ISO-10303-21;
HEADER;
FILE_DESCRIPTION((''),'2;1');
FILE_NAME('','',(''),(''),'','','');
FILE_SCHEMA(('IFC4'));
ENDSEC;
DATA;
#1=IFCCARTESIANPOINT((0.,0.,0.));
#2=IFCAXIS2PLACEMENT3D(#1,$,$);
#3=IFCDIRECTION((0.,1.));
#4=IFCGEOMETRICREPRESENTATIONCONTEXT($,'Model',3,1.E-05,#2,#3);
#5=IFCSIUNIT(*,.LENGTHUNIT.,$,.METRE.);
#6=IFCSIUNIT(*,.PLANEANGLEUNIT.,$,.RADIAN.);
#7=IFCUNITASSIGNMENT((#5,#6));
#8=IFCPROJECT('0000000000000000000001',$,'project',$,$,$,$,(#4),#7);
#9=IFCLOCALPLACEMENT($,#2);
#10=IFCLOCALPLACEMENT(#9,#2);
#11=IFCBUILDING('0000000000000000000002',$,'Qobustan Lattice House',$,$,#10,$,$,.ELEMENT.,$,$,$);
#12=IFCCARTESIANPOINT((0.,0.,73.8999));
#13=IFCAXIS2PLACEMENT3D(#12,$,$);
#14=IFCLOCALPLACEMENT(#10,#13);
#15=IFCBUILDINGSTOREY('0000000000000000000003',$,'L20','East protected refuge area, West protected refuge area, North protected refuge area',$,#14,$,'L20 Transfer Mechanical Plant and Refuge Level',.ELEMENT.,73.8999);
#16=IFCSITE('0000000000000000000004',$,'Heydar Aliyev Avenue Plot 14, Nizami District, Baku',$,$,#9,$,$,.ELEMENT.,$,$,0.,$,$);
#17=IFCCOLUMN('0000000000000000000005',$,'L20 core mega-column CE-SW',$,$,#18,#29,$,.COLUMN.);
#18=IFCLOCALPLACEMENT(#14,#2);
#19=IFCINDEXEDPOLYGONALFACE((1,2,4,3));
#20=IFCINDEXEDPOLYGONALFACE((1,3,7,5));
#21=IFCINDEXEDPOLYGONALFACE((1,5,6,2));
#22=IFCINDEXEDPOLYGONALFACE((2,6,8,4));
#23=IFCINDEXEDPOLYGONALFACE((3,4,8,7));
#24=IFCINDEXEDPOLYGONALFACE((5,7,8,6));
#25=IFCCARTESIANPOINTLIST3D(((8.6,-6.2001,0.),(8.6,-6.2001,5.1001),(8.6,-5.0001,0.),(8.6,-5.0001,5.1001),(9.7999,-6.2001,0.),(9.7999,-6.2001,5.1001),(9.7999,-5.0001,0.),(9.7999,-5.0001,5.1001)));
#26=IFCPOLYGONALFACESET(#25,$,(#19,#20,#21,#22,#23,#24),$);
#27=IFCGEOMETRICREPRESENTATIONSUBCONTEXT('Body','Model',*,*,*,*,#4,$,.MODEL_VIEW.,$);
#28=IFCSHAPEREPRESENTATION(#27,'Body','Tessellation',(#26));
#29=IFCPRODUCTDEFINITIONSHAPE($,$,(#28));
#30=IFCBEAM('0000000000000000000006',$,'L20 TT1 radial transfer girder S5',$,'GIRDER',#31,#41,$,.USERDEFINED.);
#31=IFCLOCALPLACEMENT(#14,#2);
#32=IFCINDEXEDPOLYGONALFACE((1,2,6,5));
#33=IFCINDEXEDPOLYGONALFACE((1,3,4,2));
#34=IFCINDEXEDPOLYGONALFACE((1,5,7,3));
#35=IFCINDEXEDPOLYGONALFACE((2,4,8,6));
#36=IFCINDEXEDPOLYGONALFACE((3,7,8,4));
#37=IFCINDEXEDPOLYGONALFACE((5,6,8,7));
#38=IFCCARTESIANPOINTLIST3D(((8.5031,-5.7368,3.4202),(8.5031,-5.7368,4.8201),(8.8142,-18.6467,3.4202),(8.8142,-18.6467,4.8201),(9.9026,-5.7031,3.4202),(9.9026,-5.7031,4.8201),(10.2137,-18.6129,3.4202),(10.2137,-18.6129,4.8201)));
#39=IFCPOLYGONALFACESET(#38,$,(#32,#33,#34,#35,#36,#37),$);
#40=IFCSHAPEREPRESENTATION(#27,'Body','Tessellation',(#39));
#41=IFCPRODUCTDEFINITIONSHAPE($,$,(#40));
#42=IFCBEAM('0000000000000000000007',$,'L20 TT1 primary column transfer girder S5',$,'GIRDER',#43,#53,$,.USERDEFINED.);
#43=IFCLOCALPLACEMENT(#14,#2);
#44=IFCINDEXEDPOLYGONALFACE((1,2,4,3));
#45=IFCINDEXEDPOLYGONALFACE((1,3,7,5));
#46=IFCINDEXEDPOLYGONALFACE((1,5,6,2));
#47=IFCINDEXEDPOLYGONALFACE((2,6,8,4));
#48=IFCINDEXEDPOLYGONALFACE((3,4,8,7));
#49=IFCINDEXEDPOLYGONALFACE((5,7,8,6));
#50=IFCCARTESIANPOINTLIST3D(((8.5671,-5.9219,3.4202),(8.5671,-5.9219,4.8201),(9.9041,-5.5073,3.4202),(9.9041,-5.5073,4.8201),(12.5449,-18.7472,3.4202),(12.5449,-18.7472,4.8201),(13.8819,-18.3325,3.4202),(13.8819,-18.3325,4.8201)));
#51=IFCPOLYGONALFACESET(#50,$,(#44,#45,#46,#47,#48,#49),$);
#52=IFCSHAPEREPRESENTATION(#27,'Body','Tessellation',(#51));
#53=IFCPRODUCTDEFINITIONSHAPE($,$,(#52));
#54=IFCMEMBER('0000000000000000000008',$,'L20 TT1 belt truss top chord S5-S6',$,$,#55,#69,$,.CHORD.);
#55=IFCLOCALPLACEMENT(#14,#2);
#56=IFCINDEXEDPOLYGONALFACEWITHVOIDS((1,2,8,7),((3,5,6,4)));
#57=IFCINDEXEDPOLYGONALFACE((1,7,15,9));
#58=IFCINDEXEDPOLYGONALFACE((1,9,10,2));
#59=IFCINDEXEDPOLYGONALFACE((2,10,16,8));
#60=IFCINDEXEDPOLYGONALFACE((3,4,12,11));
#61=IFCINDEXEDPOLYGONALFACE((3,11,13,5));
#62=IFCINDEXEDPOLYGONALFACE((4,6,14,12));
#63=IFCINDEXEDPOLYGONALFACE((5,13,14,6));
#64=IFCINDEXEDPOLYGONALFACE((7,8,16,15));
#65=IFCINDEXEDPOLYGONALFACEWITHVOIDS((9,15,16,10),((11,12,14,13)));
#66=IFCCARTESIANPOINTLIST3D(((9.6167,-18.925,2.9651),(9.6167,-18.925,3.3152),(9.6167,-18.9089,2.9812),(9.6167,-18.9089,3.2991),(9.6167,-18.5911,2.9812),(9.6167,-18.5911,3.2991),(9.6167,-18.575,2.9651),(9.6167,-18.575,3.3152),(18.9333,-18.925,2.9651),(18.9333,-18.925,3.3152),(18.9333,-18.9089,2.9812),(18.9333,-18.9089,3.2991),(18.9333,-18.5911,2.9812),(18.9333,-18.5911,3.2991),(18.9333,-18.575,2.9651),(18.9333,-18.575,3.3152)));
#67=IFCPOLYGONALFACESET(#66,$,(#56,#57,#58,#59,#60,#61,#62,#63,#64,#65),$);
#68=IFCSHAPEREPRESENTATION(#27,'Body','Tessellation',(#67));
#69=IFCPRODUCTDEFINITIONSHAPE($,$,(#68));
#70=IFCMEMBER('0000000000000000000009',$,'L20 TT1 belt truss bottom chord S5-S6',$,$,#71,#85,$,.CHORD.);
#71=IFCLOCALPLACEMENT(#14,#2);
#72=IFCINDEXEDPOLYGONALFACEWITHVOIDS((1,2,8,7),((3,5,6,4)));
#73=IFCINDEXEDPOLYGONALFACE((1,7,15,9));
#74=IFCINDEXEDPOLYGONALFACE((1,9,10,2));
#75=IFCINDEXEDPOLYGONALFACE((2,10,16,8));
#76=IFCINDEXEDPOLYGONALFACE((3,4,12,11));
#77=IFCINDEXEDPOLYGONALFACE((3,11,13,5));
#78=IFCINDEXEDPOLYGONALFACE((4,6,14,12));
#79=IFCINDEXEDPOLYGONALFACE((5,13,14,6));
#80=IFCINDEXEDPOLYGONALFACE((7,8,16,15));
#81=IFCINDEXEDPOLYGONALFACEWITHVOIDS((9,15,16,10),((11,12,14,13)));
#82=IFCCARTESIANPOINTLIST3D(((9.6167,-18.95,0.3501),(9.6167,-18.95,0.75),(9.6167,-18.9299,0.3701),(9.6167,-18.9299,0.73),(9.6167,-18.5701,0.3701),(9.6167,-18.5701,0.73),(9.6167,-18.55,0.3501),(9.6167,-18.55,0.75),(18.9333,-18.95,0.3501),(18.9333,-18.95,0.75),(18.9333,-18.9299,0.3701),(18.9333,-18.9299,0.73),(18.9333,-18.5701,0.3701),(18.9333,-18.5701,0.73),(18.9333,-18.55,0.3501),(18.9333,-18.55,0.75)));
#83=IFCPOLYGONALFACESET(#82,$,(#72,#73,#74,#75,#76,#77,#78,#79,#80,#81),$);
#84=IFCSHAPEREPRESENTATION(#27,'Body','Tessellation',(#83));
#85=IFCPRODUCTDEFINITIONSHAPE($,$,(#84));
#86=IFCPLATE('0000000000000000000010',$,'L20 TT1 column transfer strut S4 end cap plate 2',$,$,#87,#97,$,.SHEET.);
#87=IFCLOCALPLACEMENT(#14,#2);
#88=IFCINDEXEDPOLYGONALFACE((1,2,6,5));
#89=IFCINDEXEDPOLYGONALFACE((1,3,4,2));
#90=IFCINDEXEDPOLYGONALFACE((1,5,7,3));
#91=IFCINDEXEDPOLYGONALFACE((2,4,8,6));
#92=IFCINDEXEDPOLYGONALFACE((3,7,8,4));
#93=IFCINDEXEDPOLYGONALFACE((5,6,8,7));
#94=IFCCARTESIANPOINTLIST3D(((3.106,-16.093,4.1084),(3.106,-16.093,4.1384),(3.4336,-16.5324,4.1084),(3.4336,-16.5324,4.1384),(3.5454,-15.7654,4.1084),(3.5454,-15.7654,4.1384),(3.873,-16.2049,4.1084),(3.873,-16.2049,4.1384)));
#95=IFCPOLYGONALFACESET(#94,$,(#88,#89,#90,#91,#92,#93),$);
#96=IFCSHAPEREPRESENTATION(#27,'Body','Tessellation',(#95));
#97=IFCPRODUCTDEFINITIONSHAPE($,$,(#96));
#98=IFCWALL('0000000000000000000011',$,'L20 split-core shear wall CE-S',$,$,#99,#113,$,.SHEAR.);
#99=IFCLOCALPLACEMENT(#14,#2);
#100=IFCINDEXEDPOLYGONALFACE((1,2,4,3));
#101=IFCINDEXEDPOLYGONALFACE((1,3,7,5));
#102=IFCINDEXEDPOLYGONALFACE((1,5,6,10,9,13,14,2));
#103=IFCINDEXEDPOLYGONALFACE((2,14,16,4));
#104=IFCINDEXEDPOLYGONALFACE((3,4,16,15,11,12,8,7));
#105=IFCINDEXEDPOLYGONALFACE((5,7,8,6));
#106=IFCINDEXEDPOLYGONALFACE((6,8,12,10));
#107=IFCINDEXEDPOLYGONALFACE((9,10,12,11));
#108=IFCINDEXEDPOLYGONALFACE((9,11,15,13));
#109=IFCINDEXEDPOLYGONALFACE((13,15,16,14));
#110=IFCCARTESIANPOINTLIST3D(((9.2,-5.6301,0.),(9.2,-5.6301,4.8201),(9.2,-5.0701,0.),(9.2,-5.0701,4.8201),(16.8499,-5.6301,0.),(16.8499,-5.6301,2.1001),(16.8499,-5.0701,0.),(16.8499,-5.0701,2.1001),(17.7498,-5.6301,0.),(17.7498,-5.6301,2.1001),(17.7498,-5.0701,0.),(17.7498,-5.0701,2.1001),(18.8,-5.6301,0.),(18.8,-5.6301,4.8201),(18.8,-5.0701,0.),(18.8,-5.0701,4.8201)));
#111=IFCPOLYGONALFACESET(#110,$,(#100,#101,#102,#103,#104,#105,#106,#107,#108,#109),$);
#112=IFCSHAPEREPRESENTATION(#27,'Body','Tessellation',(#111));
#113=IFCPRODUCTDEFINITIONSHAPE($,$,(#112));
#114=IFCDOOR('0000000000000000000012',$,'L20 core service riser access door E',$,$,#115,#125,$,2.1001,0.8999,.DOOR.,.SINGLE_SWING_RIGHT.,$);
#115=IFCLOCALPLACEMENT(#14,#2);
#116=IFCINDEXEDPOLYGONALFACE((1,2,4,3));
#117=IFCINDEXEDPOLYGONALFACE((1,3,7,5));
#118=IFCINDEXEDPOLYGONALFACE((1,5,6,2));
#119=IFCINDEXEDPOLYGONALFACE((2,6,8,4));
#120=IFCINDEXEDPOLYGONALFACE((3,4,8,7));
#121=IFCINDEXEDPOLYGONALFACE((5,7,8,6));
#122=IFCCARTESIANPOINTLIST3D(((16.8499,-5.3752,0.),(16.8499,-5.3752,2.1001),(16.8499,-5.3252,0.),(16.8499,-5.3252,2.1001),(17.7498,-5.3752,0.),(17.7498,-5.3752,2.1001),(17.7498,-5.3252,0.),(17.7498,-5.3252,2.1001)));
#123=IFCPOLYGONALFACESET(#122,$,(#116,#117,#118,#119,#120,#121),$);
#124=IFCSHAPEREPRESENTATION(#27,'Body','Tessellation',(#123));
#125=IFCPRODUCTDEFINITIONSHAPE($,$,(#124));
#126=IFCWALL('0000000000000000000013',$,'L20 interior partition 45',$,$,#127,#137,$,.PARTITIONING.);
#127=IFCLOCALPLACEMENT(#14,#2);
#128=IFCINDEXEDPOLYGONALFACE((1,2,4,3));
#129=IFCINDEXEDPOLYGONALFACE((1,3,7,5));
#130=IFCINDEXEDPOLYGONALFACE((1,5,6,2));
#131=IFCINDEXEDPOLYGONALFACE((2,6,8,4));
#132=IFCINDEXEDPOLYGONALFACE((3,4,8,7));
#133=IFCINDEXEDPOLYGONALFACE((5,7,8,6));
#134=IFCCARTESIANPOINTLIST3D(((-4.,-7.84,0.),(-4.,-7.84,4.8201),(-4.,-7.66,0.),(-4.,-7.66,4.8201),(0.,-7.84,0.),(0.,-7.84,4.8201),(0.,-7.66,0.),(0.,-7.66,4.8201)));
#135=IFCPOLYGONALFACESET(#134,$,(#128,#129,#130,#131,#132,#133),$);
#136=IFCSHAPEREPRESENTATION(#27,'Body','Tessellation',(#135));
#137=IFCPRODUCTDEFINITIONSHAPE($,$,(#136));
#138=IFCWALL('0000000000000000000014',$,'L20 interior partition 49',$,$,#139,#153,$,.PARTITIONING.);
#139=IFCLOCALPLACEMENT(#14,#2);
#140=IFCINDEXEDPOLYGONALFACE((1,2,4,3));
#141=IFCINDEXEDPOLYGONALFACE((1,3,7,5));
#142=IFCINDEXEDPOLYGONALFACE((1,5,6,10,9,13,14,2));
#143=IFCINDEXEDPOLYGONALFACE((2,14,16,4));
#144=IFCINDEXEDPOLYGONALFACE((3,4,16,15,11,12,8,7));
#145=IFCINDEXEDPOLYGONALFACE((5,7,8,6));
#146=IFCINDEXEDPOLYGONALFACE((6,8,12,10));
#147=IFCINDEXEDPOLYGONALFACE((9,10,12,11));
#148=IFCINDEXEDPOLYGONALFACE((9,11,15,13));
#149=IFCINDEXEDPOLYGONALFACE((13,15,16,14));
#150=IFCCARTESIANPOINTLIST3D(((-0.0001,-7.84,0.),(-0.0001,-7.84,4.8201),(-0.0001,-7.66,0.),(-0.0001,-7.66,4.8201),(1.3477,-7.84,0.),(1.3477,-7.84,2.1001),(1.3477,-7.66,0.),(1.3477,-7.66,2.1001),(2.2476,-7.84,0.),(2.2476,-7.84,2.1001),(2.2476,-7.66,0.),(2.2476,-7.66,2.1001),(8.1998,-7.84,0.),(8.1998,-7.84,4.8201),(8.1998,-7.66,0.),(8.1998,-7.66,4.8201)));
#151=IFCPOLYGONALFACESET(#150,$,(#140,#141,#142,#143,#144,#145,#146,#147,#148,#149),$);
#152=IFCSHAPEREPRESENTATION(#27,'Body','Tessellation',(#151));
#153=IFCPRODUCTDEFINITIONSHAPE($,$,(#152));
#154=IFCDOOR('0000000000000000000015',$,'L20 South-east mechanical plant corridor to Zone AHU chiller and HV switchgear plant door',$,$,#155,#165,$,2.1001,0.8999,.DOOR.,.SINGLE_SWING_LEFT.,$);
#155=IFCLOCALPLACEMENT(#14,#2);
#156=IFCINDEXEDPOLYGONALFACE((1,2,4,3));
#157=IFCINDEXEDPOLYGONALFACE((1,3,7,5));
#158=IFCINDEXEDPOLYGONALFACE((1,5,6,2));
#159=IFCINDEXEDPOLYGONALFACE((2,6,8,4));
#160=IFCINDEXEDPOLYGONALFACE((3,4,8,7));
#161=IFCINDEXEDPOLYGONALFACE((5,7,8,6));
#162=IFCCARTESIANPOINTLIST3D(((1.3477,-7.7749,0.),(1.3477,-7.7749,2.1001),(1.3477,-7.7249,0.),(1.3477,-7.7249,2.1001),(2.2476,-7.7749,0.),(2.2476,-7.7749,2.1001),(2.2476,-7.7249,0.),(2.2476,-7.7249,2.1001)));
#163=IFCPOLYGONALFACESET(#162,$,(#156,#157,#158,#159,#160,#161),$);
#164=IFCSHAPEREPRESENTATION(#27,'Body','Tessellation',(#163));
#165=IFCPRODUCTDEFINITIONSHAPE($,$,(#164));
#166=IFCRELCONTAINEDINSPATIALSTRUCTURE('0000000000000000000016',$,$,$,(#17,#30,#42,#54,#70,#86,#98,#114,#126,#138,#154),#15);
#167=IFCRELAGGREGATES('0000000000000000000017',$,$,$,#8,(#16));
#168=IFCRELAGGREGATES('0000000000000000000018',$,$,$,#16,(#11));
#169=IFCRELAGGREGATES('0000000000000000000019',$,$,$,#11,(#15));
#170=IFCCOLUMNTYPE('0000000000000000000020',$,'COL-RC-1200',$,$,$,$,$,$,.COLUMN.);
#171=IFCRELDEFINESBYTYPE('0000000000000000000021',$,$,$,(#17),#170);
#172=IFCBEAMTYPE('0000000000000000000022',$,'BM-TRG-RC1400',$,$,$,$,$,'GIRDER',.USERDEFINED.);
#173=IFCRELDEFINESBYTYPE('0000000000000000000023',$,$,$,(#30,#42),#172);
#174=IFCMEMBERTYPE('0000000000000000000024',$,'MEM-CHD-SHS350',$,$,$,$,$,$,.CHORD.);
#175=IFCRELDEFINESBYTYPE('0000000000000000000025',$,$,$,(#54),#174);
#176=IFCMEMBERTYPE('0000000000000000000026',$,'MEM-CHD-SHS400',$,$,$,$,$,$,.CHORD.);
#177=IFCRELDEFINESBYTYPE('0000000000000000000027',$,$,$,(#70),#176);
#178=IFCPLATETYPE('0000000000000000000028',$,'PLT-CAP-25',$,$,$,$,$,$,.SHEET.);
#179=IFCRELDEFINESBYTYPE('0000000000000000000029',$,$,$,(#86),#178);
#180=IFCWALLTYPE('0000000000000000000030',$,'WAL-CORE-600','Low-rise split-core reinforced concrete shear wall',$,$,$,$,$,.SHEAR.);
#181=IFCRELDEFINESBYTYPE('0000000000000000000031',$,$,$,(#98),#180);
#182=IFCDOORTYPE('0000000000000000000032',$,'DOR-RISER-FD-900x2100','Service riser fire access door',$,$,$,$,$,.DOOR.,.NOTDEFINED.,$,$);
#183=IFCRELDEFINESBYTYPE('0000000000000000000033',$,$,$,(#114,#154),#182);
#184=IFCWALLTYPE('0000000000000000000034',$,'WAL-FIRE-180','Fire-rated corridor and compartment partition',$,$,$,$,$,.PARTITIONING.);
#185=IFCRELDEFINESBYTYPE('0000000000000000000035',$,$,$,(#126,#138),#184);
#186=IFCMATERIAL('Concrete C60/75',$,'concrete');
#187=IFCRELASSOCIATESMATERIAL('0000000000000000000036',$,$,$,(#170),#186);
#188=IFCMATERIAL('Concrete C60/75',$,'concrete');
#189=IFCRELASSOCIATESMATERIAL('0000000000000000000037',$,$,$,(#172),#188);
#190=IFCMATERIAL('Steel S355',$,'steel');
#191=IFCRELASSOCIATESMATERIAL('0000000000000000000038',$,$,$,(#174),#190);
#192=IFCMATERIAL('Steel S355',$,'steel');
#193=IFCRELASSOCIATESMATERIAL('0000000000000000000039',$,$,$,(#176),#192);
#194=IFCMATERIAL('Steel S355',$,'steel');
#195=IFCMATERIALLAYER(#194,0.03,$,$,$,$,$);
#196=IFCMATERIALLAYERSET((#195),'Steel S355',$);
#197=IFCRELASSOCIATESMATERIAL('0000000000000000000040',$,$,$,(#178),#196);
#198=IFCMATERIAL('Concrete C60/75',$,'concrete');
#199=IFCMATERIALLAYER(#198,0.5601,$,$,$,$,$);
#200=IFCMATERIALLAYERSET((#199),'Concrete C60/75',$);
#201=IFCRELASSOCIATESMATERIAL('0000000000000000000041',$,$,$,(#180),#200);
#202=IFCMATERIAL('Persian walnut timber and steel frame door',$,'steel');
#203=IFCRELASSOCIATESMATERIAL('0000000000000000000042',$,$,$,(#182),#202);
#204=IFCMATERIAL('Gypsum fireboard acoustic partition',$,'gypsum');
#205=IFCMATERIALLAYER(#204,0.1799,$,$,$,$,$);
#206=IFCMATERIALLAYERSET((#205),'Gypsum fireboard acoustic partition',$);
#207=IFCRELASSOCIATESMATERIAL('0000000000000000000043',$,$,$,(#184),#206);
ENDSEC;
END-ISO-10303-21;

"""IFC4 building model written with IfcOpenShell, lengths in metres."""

from ifc_helpers import new_model, si_unit, direction, frame, frame_2d, origin, origin_2d, place, context, subcontext, project, spatial, rectangle, hollow_rectangle, extrude, material, layer, layer_set, material_profile, profile_set, type_object, element, fill, save


model = new_model("IFC4")

# Units and contexts
model_context = context("Model", 3, precision=1e-05, world=origin(), true_north=direction((0.0, 1.0)))
body_context = subcontext(model_context, "Body", "Model", "MODEL_VIEW")
ifc_project = project(units=[si_unit("LENGTHUNIT", "METRE"), si_unit("PLANEANGLEUNIT", "RADIAN")], contexts=[model_context])

# Site, building, storey
site_placement = place(None, origin())
site = spatial("IfcSite", under=ifc_project, at=site_placement, Name="Heydar Aliyev Avenue Plot 14, Nizami District, Baku", CompositionType="ELEMENT", RefElevation=0.0)
building_placement = place(site_placement, origin())
building = spatial("IfcBuilding", under=site, at=building_placement, Name="Qobustan Lattice House", CompositionType="ELEMENT")
storey_placement = place(building_placement, frame((0.0, 0.0, 73.8999)))
storey = spatial("IfcBuildingStorey", under=building, at=storey_placement, Name="L20", Description="East protected refuge area, West protected refuge area, North protected refuge area", LongName="L20 Transfer Mechanical Plant and Refuge Level", CompositionType="ELEMENT", Elevation=73.8999)

# Column
ifc_material_1 = material(Name="Concrete C60/75", Category="concrete")
ifc_material_profile_1 = material_profile(ifc_material_1, rectangle(XDim=1.2, YDim=1.2, at=origin_2d()), Name="RC1200x1200")
ifc_profile_set_1 = profile_set([ifc_material_profile_1], Name="Concrete C60/75")
column_type = type_object("IfcColumnType", Name="COL-RC-1200", PredefinedType="COLUMN", material=ifc_profile_set_1)
column_placement = place(storey_placement, frame((9.2, -5.6001, 0.0), z_axis=(0.0, 0.0, 1.0), x_axis=(1.0, 0.0, 0.0)))
element("IfcColumn", 1, at=column_placement, inside=storey, type_object=column_type, Name="L20 core mega-column CE-SW", PredefinedType="COLUMN", context=body_context, shape_type="SweptSolid", body=[
    extrude(rectangle(XDim=1.2, YDim=1.2, at=origin_2d()), origin(), (0.0, 0.0, 1.0), 5.1001),
])

# Beams
ifc_material_2 = material(Name="Concrete C60/75", Category="concrete")
ifc_material_profile_2 = material_profile(ifc_material_2, rectangle(XDim=1.3999, YDim=1.3999, at=origin_2d()), Name="RC1400x1400")
ifc_profile_set_2 = profile_set([ifc_material_profile_2], Name="Concrete C60/75")
beam_type = type_object("IfcBeamType", Name="BM-TRG-RC1400", ElementType="GIRDER", PredefinedType="USERDEFINED", material=ifc_profile_set_2)
beam_1_placement = place(storey_placement, frame((9.2029, -5.72, 4.1201), z_axis=(0.024086, -0.99971, 0.0), x_axis=(0.99971, 0.024086, 0.0)))
element("IfcBeam", 2, at=beam_1_placement, inside=storey, type_object=beam_type, Name="L20 TT1 radial transfer girder S5", ObjectType="GIRDER", PredefinedType="USERDEFINED", context=body_context, shape_type="SweptSolid", body=[
    extrude(rectangle(XDim=1.3999, YDim=1.3999, at=origin_2d()), origin(), (0.0, 0.0, 1.0), 12.9136),
])
beam_2_placement = place(storey_placement, frame((9.2356, -5.7146, 4.1201), z_axis=(0.296233, -0.955116, 0.0), x_axis=(0.955116, 0.296233, 0.0)))
element("IfcBeam", 3, at=beam_2_placement, inside=storey, type_object=beam_type, Name="L20 TT1 primary column transfer girder S5", ObjectType="GIRDER", PredefinedType="USERDEFINED", context=body_context, shape_type="SweptSolid", body=[
    extrude(rectangle(XDim=1.3999, YDim=1.3999, at=origin_2d()), origin(), (0.0, 0.0, 1.0), 13.428),
])

# Members
ifc_material_3 = material(Name="Steel S355", Category="steel")
ifc_material_profile_3 = material_profile(ifc_material_3, hollow_rectangle(XDim=0.3501, YDim=0.3501, WallThickness=0.0161, at=origin_2d()), Name="SHS350x350x16")
ifc_profile_set_3 = profile_set([ifc_material_profile_3], Name="Steel S355")
member_type_1 = type_object("IfcMemberType", Name="MEM-CHD-SHS350", PredefinedType="CHORD", material=ifc_profile_set_3)
member_1_placement = place(storey_placement, frame((9.6167, -18.75, 3.1401), z_axis=(1.0, 0.0, 0.0), x_axis=(0.0, 1.0, 0.0)))
element("IfcMember", 4, at=member_1_placement, inside=storey, type_object=member_type_1, Name="L20 TT1 belt truss top chord S5-S6", PredefinedType="CHORD", context=body_context, shape_type="SweptSolid", body=[
    extrude(hollow_rectangle(XDim=0.3501, YDim=0.3501, WallThickness=0.0161, at=origin_2d()), origin(), (0.0, 0.0, 1.0), 9.3167),
])
ifc_material_4 = material(Name="Steel S355", Category="steel")
ifc_material_profile_4 = material_profile(ifc_material_4, hollow_rectangle(XDim=0.3999, YDim=0.3999, WallThickness=0.02, at=origin_2d()), Name="SHS400x400x20")
ifc_profile_set_4 = profile_set([ifc_material_profile_4], Name="Steel S355")
member_type_2 = type_object("IfcMemberType", Name="MEM-CHD-SHS400", PredefinedType="CHORD", material=ifc_profile_set_4)
member_2_placement = place(storey_placement, frame((9.6167, -18.75, 0.55), z_axis=(1.0, 0.0, 0.0), x_axis=(0.0, 1.0, 0.0)))
element("IfcMember", 5, at=member_2_placement, inside=storey, type_object=member_type_2, Name="L20 TT1 belt truss bottom chord S5-S6", PredefinedType="CHORD", context=body_context, shape_type="SweptSolid", body=[
    extrude(hollow_rectangle(XDim=0.3999, YDim=0.3999, WallThickness=0.02, at=origin_2d()), origin(), (0.0, 0.0, 1.0), 9.3167),
])

# Plate
ifc_material_5 = material(Name="Steel S355", Category="steel")
ifc_layer_1 = layer(ifc_material_5, 0.03)
ifc_layer_set_1 = layer_set([ifc_layer_1], Name="Steel S355")
plate_type = type_object("IfcPlateType", Name="PLT-CAP-25", PredefinedType="SHEET", material=ifc_layer_set_1)
plate_placement = place(storey_placement, frame((3.4895, -16.1489, 4.1084), z_axis=(0.0, 0.0, 1.0), x_axis=(0.801776, 0.597625, 0.0)))
element("IfcPlate", 6, at=plate_placement, inside=storey, type_object=plate_type, Name="L20 TT1 column transfer strut S4 end cap plate 2", PredefinedType="SHEET", context=body_context, shape_type="SweptSolid", body=[
    extrude(rectangle(XDim=0.5481, YDim=0.5481, at=origin_2d()), origin(), (0.0, 0.0, 1.0), 0.03),
])

# Wall, opening, door
ifc_material_6 = material(Name="Concrete C60/75", Category="concrete")
ifc_layer_2 = layer(ifc_material_6, 0.5601)
ifc_layer_set_2 = layer_set([ifc_layer_2], Name="Concrete C60/75")
wall_type_1 = type_object("IfcWallType", Name="WAL-CORE-600", Description="Low-rise split-core reinforced concrete shear wall", PredefinedType="SHEAR", material=ifc_layer_set_2)
wall_1_placement = place(storey_placement, frame((9.2, -5.3501, 0.0), z_axis=(0.0, 0.0, 1.0), x_axis=(1.0, 0.0, 0.0)))
wall_1 = element("IfcWall", 7, at=wall_1_placement, inside=storey, type_object=wall_type_1, Name="L20 split-core shear wall CE-S", PredefinedType="SHEAR", context=body_context, shape_type="SweptSolid", body=[
    extrude(rectangle(XDim=9.6001, YDim=0.5601, at=frame_2d((4.8, 0.0))), origin(), (0.0, 0.0, 1.0), 4.8201),
])
opening_1_placement = place(wall_1_placement, frame((7.6499, 0.0, 0.0)))
opening_1 = element("IfcOpeningElement", 8, at=opening_1_placement, cuts=wall_1, PredefinedType="OPENING", context=body_context, shape_type="SweptSolid", body=[
    extrude(rectangle(XDim=0.8999, YDim=2.1001, at=frame_2d((0.45, 1.05))), frame((0.0, 0.29, 0.0), z_axis=(0.0, -1.0, 0.0), x_axis=(1.0, 0.0, 0.0)), (0.0, 0.0, 1.0), 0.5801),
])
ifc_material_7 = material(Name="Persian walnut timber and steel frame door", Category="steel")
door_type_1 = type_object("IfcDoorType", Name="DOR-RISER-FD-900x2100", Description="Service riser fire access door", OperationType="NOTDEFINED", PredefinedType="DOOR", material=ifc_material_7)
door_1_placement = place(opening_1_placement, origin())
door_1 = element("IfcDoor", 9, at=door_1_placement, inside=storey, type_object=door_type_1, Name="L20 core service riser access door E", OperationType="SINGLE_SWING_RIGHT", OverallHeight=2.1001, OverallWidth=0.8999, PredefinedType="DOOR", context=body_context, shape_type="SweptSolid", body=[
    extrude(rectangle(XDim=0.8999, YDim=2.1001, at=frame_2d((0.45, 1.05))), frame((0.0, 0.0249, 0.0), z_axis=(0.0, -1.0, 0.0), x_axis=(1.0, 0.0, 0.0)), (0.0, 0.0, 1.0), 0.05),
])
fill(opening_1, door_1)

# Wall
ifc_material_8 = material(Name="Gypsum fireboard acoustic partition", Category="gypsum")
ifc_layer_3 = layer(ifc_material_8, 0.1799)
ifc_layer_set_3 = layer_set([ifc_layer_3], Name="Gypsum fireboard acoustic partition")
wall_type_2 = type_object("IfcWallType", Name="WAL-FIRE-180", Description="Fire-rated corridor and compartment partition", PredefinedType="PARTITIONING", material=ifc_layer_set_3)
wall_2_placement = place(storey_placement, frame((0.0, -7.75, 0.0), z_axis=(0.0, 0.0, 1.0), x_axis=(-1.0, 0.0, 0.0)))
element("IfcWall", 10, at=wall_2_placement, inside=storey, type_object=wall_type_2, Name="L20 interior partition 45", PredefinedType="PARTITIONING", context=body_context, shape_type="SweptSolid", body=[
    extrude(rectangle(XDim=4.0, YDim=0.1799, at=frame_2d((2.0, 0.0))), origin(), (0.0, 0.0, 1.0), 4.8201),
])

# Wall, opening, door
wall_3_placement = place(storey_placement, frame((8.2, -7.75, 0.0), z_axis=(0.0, 0.0, 1.0), x_axis=(-1.0, 0.0, 0.0)))
wall_3 = element("IfcWall", 11, at=wall_3_placement, inside=storey, type_object=wall_type_2, Name="L20 interior partition 49", PredefinedType="PARTITIONING", context=body_context, shape_type="SweptSolid", body=[
    extrude(rectangle(XDim=8.2, YDim=0.1799, at=frame_2d((4.1001, 0.0))), origin(), (0.0, 0.0, 1.0), 4.8201),
])
opening_2_placement = place(wall_3_placement, frame((5.9524, 0.0, 0.0)))
opening_2 = element("IfcOpeningElement", 12, at=opening_2_placement, cuts=wall_3, PredefinedType="OPENING", context=body_context, shape_type="SweptSolid", body=[
    extrude(rectangle(XDim=0.8999, YDim=2.1001, at=frame_2d((0.45, 1.05))), frame((0.0, 0.0999, 0.0), z_axis=(0.0, -1.0, 0.0), x_axis=(1.0, 0.0, 0.0)), (0.0, 0.0, 1.0), 0.2),
])
door_2_placement = place(opening_2_placement, origin())
door_2 = element("IfcDoor", 13, at=door_2_placement, inside=storey, type_object=door_type_1, Name="L20 South-east mechanical plant corridor to Zone AHU chiller and HV switchgear plant door", OperationType="SINGLE_SWING_LEFT", OverallHeight=2.1001, OverallWidth=0.8999, PredefinedType="DOOR", context=body_context, shape_type="SweptSolid", body=[
    extrude(rectangle(XDim=0.8999, YDim=2.1001, at=frame_2d((0.45, 1.05))), frame((0.0, 0.0249, 0.0), z_axis=(0.0, -1.0, 0.0), x_axis=(1.0, 0.0, 0.0)), (0.0, 0.0, 1.0), 0.05),
])
fill(opening_2, door_2)

save(model, "model.ifc")
